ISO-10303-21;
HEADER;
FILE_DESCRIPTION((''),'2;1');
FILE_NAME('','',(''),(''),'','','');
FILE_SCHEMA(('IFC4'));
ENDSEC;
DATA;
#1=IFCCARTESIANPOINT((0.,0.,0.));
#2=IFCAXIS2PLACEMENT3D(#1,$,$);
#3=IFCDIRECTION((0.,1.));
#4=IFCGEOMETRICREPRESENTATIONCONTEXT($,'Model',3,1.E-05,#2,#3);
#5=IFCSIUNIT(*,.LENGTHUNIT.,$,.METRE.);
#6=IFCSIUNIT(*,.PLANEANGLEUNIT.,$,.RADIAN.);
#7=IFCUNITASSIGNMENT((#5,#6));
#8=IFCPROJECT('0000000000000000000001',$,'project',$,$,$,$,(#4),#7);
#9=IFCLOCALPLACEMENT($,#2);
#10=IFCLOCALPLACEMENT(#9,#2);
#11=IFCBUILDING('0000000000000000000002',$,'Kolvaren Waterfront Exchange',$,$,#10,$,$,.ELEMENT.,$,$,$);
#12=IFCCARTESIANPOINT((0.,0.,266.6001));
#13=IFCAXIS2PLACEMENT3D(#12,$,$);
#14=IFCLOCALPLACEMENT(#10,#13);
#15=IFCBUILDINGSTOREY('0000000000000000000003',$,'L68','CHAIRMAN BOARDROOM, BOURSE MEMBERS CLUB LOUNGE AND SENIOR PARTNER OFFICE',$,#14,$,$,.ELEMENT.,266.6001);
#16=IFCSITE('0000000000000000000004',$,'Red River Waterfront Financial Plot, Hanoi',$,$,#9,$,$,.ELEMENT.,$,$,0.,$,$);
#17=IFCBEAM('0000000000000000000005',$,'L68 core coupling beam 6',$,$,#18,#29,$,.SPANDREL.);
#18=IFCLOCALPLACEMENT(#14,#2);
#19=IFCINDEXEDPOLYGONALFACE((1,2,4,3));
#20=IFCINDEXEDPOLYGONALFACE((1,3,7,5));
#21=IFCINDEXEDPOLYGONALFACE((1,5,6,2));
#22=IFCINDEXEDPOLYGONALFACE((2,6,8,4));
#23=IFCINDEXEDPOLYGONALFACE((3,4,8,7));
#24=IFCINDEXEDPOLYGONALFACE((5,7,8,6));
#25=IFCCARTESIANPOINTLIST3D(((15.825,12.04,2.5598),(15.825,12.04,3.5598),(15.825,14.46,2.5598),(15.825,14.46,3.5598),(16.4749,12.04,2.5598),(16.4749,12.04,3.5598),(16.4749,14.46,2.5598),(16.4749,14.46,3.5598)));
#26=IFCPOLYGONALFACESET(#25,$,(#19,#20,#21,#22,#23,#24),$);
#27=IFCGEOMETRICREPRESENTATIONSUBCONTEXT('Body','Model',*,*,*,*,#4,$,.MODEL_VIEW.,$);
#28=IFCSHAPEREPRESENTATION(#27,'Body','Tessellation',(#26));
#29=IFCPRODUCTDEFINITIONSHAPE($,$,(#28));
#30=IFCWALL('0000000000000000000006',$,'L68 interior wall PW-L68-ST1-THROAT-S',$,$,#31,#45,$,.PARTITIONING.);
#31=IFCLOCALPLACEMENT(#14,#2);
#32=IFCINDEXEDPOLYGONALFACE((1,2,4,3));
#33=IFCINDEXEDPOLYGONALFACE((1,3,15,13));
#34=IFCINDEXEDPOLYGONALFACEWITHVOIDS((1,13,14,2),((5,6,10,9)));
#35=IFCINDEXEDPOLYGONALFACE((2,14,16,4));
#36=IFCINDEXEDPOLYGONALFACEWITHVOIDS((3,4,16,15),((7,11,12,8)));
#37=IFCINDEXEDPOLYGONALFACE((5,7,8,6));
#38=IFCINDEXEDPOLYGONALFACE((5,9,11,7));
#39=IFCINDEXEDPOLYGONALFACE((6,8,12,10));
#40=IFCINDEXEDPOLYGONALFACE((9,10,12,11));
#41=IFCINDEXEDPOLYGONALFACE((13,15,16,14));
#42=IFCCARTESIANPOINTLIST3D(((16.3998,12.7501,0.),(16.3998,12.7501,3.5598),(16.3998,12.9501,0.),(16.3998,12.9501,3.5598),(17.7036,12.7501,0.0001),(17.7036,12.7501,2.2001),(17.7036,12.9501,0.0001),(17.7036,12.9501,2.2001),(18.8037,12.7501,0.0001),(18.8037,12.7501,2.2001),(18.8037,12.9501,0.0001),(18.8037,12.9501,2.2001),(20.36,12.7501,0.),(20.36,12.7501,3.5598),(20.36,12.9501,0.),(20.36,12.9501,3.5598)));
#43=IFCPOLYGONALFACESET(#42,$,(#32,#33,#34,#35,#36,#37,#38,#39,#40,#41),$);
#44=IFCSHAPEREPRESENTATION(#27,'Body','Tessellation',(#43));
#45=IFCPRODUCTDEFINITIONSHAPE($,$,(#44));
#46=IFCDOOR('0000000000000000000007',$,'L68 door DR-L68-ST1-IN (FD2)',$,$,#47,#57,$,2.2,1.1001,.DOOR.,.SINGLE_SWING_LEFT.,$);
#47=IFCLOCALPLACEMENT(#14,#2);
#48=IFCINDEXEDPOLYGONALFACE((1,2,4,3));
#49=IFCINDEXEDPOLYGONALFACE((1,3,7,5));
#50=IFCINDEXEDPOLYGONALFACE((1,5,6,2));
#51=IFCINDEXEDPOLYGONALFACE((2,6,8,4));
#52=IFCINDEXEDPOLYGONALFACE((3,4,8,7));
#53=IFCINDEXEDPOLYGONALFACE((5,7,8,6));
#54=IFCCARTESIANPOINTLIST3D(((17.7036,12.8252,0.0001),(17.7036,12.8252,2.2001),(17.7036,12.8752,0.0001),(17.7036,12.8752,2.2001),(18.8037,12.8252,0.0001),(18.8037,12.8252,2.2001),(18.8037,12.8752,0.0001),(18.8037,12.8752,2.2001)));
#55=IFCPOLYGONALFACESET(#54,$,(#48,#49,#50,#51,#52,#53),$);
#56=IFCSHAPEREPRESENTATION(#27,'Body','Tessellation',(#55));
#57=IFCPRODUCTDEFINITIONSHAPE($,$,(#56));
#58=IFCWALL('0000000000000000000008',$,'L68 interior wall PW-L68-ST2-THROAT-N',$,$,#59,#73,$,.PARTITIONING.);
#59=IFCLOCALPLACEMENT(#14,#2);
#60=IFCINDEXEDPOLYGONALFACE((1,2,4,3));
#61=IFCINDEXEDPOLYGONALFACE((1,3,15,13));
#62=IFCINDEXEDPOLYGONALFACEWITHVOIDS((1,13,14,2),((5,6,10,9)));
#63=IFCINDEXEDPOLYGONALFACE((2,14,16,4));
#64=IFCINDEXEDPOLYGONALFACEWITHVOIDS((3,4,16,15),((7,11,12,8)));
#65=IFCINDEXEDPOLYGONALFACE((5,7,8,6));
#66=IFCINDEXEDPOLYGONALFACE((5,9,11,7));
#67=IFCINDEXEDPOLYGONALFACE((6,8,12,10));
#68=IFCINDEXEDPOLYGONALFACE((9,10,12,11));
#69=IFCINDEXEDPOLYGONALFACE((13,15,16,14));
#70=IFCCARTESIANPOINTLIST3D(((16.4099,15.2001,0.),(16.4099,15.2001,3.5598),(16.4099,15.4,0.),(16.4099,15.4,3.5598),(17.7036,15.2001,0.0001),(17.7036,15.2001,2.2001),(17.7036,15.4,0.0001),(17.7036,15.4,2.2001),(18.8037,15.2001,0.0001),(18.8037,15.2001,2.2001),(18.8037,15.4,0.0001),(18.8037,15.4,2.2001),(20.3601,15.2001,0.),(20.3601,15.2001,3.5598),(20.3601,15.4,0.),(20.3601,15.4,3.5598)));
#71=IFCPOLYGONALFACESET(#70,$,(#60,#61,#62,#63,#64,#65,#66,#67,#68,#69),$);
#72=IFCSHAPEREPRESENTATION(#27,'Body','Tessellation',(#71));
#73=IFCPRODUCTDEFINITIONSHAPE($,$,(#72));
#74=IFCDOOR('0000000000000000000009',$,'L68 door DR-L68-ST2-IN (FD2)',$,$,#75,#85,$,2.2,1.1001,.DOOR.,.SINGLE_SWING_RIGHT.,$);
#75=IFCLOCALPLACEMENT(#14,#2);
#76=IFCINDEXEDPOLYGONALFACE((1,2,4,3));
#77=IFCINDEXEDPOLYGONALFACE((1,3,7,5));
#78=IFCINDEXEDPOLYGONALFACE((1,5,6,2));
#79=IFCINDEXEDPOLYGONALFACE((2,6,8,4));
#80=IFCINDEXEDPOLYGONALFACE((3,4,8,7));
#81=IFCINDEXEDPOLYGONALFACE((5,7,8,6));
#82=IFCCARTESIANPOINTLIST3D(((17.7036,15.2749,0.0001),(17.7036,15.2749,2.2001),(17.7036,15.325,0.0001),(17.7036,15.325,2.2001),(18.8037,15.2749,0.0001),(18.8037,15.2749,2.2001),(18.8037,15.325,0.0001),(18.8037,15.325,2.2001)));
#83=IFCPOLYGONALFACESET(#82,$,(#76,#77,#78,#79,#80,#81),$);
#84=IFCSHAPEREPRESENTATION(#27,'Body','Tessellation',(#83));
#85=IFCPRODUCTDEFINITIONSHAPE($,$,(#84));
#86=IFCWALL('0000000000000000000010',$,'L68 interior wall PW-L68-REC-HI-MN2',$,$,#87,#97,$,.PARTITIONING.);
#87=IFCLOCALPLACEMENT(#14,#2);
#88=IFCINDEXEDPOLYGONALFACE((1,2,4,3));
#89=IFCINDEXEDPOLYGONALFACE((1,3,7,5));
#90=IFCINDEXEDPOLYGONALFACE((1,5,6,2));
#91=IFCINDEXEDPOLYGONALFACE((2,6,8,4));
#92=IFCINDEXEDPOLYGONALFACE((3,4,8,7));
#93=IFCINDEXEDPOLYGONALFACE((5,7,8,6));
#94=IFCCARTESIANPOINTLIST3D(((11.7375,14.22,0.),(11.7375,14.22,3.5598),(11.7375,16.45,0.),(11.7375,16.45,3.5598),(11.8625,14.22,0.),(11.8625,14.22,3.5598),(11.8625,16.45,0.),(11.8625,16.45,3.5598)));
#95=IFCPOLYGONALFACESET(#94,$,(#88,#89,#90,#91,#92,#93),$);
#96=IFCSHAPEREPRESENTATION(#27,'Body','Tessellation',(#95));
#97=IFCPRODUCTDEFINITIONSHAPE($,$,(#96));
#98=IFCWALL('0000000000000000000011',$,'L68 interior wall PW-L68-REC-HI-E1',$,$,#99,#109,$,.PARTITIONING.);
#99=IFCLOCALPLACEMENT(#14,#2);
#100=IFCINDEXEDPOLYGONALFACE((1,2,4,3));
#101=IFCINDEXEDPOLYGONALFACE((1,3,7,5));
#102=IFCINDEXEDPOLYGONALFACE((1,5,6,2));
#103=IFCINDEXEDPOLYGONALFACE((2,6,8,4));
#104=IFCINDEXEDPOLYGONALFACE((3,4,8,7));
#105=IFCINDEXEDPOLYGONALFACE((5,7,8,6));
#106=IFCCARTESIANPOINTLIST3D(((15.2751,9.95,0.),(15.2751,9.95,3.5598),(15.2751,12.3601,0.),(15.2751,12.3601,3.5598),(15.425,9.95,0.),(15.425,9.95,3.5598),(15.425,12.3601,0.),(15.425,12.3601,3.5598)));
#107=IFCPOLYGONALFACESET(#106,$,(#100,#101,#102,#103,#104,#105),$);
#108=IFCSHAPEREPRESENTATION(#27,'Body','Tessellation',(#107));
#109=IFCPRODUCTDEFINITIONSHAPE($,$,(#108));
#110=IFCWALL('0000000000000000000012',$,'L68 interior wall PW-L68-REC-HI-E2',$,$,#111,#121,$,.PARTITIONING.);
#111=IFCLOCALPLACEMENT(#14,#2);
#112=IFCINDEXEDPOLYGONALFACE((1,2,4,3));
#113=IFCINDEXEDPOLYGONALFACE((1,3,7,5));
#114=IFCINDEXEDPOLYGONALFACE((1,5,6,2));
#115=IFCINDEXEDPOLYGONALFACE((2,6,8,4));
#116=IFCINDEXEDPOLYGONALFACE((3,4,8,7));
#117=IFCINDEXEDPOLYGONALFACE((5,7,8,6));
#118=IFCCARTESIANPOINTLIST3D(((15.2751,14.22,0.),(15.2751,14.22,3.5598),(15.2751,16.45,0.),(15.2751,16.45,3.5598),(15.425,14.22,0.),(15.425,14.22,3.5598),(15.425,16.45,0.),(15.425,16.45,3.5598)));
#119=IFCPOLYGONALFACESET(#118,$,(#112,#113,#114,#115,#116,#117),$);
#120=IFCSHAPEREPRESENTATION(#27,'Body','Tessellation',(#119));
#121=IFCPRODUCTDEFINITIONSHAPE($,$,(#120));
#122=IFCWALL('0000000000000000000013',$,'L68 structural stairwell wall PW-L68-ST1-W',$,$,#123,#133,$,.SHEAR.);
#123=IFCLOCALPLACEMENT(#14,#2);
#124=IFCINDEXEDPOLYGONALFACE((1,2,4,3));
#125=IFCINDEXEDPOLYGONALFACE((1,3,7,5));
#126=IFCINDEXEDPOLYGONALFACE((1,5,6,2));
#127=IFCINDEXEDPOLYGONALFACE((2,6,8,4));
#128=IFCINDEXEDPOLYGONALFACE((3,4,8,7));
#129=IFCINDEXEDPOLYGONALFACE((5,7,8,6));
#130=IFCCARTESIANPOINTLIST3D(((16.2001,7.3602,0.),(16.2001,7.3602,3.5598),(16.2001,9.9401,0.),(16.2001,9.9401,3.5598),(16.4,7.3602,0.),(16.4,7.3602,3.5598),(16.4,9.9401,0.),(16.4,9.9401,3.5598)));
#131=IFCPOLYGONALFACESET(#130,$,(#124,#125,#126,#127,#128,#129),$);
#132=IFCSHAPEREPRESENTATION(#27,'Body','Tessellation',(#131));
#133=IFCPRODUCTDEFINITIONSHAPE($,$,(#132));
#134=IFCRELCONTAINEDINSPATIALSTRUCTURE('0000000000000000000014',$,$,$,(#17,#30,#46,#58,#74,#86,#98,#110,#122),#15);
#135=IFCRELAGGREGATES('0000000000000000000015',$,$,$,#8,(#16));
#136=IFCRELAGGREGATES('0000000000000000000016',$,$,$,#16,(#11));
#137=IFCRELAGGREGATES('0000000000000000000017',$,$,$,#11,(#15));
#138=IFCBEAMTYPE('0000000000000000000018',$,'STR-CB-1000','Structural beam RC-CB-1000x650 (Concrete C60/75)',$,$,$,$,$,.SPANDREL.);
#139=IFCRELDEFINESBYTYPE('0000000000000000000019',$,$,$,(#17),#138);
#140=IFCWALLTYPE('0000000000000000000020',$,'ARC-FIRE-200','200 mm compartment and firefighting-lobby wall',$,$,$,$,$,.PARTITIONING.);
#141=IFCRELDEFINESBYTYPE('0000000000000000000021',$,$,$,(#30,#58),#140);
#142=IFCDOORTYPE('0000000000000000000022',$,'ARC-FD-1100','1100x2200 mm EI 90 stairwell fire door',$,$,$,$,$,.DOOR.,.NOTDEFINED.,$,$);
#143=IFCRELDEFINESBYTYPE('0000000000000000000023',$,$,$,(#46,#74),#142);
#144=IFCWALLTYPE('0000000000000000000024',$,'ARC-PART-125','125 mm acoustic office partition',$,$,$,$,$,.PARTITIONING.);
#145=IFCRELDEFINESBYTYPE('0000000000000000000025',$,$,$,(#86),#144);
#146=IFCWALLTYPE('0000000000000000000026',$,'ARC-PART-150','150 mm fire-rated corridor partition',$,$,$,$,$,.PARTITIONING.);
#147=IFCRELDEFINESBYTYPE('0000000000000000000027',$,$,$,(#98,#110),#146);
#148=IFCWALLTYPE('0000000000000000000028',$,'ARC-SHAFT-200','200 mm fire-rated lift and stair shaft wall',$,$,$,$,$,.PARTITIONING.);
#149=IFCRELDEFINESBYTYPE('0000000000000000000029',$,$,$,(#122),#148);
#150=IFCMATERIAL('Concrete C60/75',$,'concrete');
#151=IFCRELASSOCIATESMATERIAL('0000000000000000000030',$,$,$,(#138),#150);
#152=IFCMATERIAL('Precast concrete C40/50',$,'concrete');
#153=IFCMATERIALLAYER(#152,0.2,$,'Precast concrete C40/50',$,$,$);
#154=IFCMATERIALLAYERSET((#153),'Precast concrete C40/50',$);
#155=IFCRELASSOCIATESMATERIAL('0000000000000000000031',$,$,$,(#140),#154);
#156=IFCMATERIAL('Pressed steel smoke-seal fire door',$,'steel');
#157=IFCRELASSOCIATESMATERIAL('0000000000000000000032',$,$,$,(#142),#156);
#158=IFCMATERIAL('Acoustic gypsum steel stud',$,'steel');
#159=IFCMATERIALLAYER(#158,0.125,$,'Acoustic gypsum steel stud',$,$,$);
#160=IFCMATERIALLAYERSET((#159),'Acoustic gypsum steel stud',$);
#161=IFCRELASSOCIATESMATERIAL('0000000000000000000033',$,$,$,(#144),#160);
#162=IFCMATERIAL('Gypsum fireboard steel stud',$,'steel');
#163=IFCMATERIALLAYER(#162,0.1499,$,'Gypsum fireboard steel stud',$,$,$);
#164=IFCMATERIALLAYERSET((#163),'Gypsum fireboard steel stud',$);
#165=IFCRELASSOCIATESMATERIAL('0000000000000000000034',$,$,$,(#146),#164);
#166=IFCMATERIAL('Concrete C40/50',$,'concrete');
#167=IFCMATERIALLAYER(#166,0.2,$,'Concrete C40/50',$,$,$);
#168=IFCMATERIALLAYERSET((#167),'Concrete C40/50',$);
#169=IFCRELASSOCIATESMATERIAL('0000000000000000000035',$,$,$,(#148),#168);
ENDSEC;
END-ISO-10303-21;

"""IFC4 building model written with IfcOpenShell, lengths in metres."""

from ifc_helpers import new_model, si_unit, direction, frame, frame_2d, origin, origin_2d, place, context, subcontext, project, spatial, rectangle, extrude, material, layer, layer_set, material_profile, profile_set, type_object, element, fill, save


model = new_model("IFC4")

# Units and contexts
model_context = context("Model", 3, precision=1e-05, world=origin(), true_north=direction((0.0, 1.0)))
body_context = subcontext(model_context, "Body", "Model", "MODEL_VIEW")
ifc_project = project(units=[si_unit("LENGTHUNIT", "METRE"), si_unit("PLANEANGLEUNIT", "RADIAN")], contexts=[model_context])

# Site, building, storey
site_placement = place(None, origin())
site = spatial("IfcSite", under=ifc_project, at=site_placement, Name="Red River Waterfront Financial Plot, Hanoi", CompositionType="ELEMENT", RefElevation=0.0)
building_placement = place(site_placement, origin())
building = spatial("IfcBuilding", under=site, at=building_placement, Name="Kolvaren Waterfront Exchange", CompositionType="ELEMENT")
storey_placement = place(building_placement, frame((0.0, 0.0, 266.6001)))
storey = spatial("IfcBuildingStorey", under=building, at=storey_placement, Name="L68", Description="CHAIRMAN BOARDROOM, BOURSE MEMBERS CLUB LOUNGE AND SENIOR PARTNER OFFICE", CompositionType="ELEMENT", Elevation=266.6001)

# Beam
ifc_material_1 = material(Name="Concrete C60/75", Category="concrete")
ifc_material_profile = material_profile(ifc_material_1, rectangle(XDim=0.6499, YDim=1.0, at=origin_2d()), Name="RC-CB-1000x650")
ifc_profile_set = profile_set([ifc_material_profile], Name="Concrete C60/75")
beam_type = type_object("IfcBeamType", Name="STR-CB-1000", Description="Structural beam RC-CB-1000x650 (Concrete C60/75)", PredefinedType="SPANDREL", material=ifc_profile_set)
beam_placement = place(storey_placement, frame((16.1499, 12.04, 3.0598), z_axis=(0.0, 1.0, 0.0), x_axis=(-1.0, 0.0, 0.0)))
element("IfcBeam", 1, at=beam_placement, inside=storey, type_object=beam_type, Name="L68 core coupling beam 6", PredefinedType="SPANDREL", context=body_context, shape_type="SweptSolid", body=[
    extrude(rectangle(XDim=0.6499, YDim=1.0, at=origin_2d()), origin(), (0.0, 0.0, 1.0), 2.4199),
])

# Walls, openings, doors
ifc_material_2 = material(Name="Precast concrete C40/50", Category="concrete")
ifc_layer_1 = layer(ifc_material_2, 0.2, Name="Precast concrete C40/50")
ifc_layer_set_1 = layer_set([ifc_layer_1], Name="Precast concrete C40/50")
wall_type_1 = type_object("IfcWallType", Name="ARC-FIRE-200", Description="200 mm compartment and firefighting-lobby wall", PredefinedType="PARTITIONING", material=ifc_layer_set_1)
wall_1_placement = place(storey_placement, frame((16.3999, 12.8501, 0.0), z_axis=(0.0, 0.0, 1.0), x_axis=(1.0, 0.0, 0.0)))
wall_1 = element("IfcWall", 2, at=wall_1_placement, inside=storey, type_object=wall_type_1, Name="L68 interior wall PW-L68-ST1-THROAT-S", PredefinedType="PARTITIONING", context=body_context, shape_type="SweptSolid", body=[
    extrude(rectangle(XDim=3.9602, YDim=0.2, at=frame_2d((1.98, 0.0))), origin(), (0.0, 0.0, 1.0), 3.5598),
])
opening_1_placement = place(wall_1_placement, frame((1.3037, 0.0, 0.0)))
opening_1 = element("IfcOpeningElement", 3, at=opening_1_placement, cuts=wall_1, PredefinedType="OPENING", context=body_context, shape_type="SweptSolid", body=[
    extrude(rectangle(XDim=1.1001, YDim=2.2, at=frame_2d((0.55, 1.1001))), frame((0.0, 0.1099, 0.0), z_axis=(0.0, -1.0, 0.0), x_axis=(1.0, 0.0, 0.0)), (0.0, 0.0, 1.0), 0.22),
])
ifc_material_3 = material(Name="Pressed steel smoke-seal fire door", Category="steel")
door_type_1 = type_object("IfcDoorType", Name="ARC-FD-1100", Description="1100x2200 mm EI 90 stairwell fire door", OperationType="NOTDEFINED", PredefinedType="DOOR", material=ifc_material_3)
door_1_placement = place(opening_1_placement, frame((1.1001, 0.0, 0.0), z_axis=(0.0, 0.0, 1.0), x_axis=(-1.0, 0.0, 0.0)))
door_1 = element("IfcDoor", 4, at=door_1_placement, inside=storey, type_object=door_type_1, Name="L68 door DR-L68-ST1-IN (FD2)", OperationType="SINGLE_SWING_LEFT", OverallHeight=2.2, OverallWidth=1.1001, PredefinedType="DOOR", context=body_context, shape_type="SweptSolid", body=[
    extrude(rectangle(XDim=1.1001, YDim=2.2, at=frame_2d((0.55, 1.1001))), frame((0.0, 0.0249, 0.0), z_axis=(0.0, -1.0, 0.0), x_axis=(1.0, 0.0, 0.0)), (0.0, 0.0, 1.0), 0.05),
])
fill(opening_1, door_1)
wall_2_placement = place(storey_placement, frame((16.4099, 15.3, 0.0), z_axis=(0.0, 0.0, 1.0), x_axis=(1.0, 0.0, 0.0)))
wall_2 = element("IfcWall", 5, at=wall_2_placement, inside=storey, type_object=wall_type_1, Name="L68 interior wall PW-L68-ST2-THROAT-N", PredefinedType="PARTITIONING", context=body_context, shape_type="SweptSolid", body=[
    extrude(rectangle(XDim=3.9502, YDim=0.2, at=frame_2d((1.9751, 0.0))), origin(), (0.0, 0.0, 1.0), 3.5598),
])
opening_2_placement = place(wall_2_placement, frame((1.2937, 0.0, 0.0)))
opening_2 = element("IfcOpeningElement", 6, at=opening_2_placement, cuts=wall_2, PredefinedType="OPENING", context=body_context, shape_type="SweptSolid", body=[
    extrude(rectangle(XDim=1.1001, YDim=2.2, at=frame_2d((0.55, 1.1001))), frame((0.0, 0.1099, 0.0), z_axis=(0.0, -1.0, 0.0), x_axis=(1.0, 0.0, 0.0)), (0.0, 0.0, 1.0), 0.22),
])
door_2_placement = place(opening_2_placement, origin())
door_2 = element("IfcDoor", 7, at=door_2_placement, inside=storey, type_object=door_type_1, Name="L68 door DR-L68-ST2-IN (FD2)", OperationType="SINGLE_SWING_RIGHT", OverallHeight=2.2, OverallWidth=1.1001, PredefinedType="DOOR", context=body_context, shape_type="SweptSolid", body=[
    extrude(rectangle(XDim=1.1001, YDim=2.2, at=frame_2d((0.55, 1.1001))), frame((0.0, 0.0249, 0.0), z_axis=(0.0, -1.0, 0.0), x_axis=(1.0, 0.0, 0.0)), (0.0, 0.0, 1.0), 0.05),
])
fill(opening_2, door_2)

# Walls
ifc_material_4 = material(Name="Acoustic gypsum steel stud", Category="steel")
ifc_layer_2 = layer(ifc_material_4, 0.125, Name="Acoustic gypsum steel stud")
ifc_layer_set_2 = layer_set([ifc_layer_2], Name="Acoustic gypsum steel stud")
wall_type_2 = type_object("IfcWallType", Name="ARC-PART-125", Description="125 mm acoustic office partition", PredefinedType="PARTITIONING", material=ifc_layer_set_2)
wall_3_placement = place(storey_placement, frame((11.8, 14.22, 0.0), z_axis=(0.0, 0.0, 1.0), x_axis=(0.0, 1.0, 0.0)))
element("IfcWall", 8, at=wall_3_placement, inside=storey, type_object=wall_type_2, Name="L68 interior wall PW-L68-REC-HI-MN2", PredefinedType="PARTITIONING", context=body_context, shape_type="SweptSolid", body=[
    extrude(rectangle(XDim=2.23, YDim=0.125, at=frame_2d((1.115, 0.0))), origin(), (0.0, 0.0, 1.0), 3.5598),
])
ifc_material_5 = material(Name="Gypsum fireboard steel stud", Category="steel")
ifc_layer_3 = layer(ifc_material_5, 0.1499, Name="Gypsum fireboard steel stud")
ifc_layer_set_3 = layer_set([ifc_layer_3], Name="Gypsum fireboard steel stud")
wall_type_3 = type_object("IfcWallType", Name="ARC-PART-150", Description="150 mm fire-rated corridor partition", PredefinedType="PARTITIONING", material=ifc_layer_set_3)
wall_4_placement = place(storey_placement, frame((15.3501, 9.95, 0.0), z_axis=(0.0, 0.0, 1.0), x_axis=(0.0, 1.0, 0.0)))
element("IfcWall", 9, at=wall_4_placement, inside=storey, type_object=wall_type_3, Name="L68 interior wall PW-L68-REC-HI-E1", PredefinedType="PARTITIONING", context=body_context, shape_type="SweptSolid", body=[
    extrude(rectangle(XDim=2.4102, YDim=0.1499, at=frame_2d((1.2051, 0.0))), origin(), (0.0, 0.0, 1.0), 3.5598),
])
wall_5_placement = place(storey_placement, frame((15.3501, 14.22, 0.0), z_axis=(0.0, 0.0, 1.0), x_axis=(0.0, 1.0, 0.0)))
element("IfcWall", 10, at=wall_5_placement, inside=storey, type_object=wall_type_3, Name="L68 interior wall PW-L68-REC-HI-E2", PredefinedType="PARTITIONING", context=body_context, shape_type="SweptSolid", body=[
    extrude(rectangle(XDim=2.23, YDim=0.1499, at=frame_2d((1.115, 0.0))), origin(), (0.0, 0.0, 1.0), 3.5598),
])
ifc_material_6 = material(Name="Concrete C40/50", Category="concrete")
ifc_layer_4 = layer(ifc_material_6, 0.2, Name="Concrete C40/50")
ifc_layer_set_4 = layer_set([ifc_layer_4], Name="Concrete C40/50")
wall_type_4 = type_object("IfcWallType", Name="ARC-SHAFT-200", Description="200 mm fire-rated lift and stair shaft wall", PredefinedType="PARTITIONING", material=ifc_layer_set_4)
wall_6_placement = place(storey_placement, frame((16.3, 7.3601, 0.0), z_axis=(0.0, 0.0, 1.0), x_axis=(0.0, 1.0, 0.0)))
element("IfcWall", 11, at=wall_6_placement, inside=storey, type_object=wall_type_4, Name="L68 structural stairwell wall PW-L68-ST1-W", PredefinedType="SHEAR", context=body_context, shape_type="SweptSolid", body=[
    extrude(rectangle(XDim=2.5798, YDim=0.2, at=frame_2d((1.29, 0.0))), origin(), (0.0, 0.0, 1.0), 3.5598),
])

save(model, "model.ifc")
